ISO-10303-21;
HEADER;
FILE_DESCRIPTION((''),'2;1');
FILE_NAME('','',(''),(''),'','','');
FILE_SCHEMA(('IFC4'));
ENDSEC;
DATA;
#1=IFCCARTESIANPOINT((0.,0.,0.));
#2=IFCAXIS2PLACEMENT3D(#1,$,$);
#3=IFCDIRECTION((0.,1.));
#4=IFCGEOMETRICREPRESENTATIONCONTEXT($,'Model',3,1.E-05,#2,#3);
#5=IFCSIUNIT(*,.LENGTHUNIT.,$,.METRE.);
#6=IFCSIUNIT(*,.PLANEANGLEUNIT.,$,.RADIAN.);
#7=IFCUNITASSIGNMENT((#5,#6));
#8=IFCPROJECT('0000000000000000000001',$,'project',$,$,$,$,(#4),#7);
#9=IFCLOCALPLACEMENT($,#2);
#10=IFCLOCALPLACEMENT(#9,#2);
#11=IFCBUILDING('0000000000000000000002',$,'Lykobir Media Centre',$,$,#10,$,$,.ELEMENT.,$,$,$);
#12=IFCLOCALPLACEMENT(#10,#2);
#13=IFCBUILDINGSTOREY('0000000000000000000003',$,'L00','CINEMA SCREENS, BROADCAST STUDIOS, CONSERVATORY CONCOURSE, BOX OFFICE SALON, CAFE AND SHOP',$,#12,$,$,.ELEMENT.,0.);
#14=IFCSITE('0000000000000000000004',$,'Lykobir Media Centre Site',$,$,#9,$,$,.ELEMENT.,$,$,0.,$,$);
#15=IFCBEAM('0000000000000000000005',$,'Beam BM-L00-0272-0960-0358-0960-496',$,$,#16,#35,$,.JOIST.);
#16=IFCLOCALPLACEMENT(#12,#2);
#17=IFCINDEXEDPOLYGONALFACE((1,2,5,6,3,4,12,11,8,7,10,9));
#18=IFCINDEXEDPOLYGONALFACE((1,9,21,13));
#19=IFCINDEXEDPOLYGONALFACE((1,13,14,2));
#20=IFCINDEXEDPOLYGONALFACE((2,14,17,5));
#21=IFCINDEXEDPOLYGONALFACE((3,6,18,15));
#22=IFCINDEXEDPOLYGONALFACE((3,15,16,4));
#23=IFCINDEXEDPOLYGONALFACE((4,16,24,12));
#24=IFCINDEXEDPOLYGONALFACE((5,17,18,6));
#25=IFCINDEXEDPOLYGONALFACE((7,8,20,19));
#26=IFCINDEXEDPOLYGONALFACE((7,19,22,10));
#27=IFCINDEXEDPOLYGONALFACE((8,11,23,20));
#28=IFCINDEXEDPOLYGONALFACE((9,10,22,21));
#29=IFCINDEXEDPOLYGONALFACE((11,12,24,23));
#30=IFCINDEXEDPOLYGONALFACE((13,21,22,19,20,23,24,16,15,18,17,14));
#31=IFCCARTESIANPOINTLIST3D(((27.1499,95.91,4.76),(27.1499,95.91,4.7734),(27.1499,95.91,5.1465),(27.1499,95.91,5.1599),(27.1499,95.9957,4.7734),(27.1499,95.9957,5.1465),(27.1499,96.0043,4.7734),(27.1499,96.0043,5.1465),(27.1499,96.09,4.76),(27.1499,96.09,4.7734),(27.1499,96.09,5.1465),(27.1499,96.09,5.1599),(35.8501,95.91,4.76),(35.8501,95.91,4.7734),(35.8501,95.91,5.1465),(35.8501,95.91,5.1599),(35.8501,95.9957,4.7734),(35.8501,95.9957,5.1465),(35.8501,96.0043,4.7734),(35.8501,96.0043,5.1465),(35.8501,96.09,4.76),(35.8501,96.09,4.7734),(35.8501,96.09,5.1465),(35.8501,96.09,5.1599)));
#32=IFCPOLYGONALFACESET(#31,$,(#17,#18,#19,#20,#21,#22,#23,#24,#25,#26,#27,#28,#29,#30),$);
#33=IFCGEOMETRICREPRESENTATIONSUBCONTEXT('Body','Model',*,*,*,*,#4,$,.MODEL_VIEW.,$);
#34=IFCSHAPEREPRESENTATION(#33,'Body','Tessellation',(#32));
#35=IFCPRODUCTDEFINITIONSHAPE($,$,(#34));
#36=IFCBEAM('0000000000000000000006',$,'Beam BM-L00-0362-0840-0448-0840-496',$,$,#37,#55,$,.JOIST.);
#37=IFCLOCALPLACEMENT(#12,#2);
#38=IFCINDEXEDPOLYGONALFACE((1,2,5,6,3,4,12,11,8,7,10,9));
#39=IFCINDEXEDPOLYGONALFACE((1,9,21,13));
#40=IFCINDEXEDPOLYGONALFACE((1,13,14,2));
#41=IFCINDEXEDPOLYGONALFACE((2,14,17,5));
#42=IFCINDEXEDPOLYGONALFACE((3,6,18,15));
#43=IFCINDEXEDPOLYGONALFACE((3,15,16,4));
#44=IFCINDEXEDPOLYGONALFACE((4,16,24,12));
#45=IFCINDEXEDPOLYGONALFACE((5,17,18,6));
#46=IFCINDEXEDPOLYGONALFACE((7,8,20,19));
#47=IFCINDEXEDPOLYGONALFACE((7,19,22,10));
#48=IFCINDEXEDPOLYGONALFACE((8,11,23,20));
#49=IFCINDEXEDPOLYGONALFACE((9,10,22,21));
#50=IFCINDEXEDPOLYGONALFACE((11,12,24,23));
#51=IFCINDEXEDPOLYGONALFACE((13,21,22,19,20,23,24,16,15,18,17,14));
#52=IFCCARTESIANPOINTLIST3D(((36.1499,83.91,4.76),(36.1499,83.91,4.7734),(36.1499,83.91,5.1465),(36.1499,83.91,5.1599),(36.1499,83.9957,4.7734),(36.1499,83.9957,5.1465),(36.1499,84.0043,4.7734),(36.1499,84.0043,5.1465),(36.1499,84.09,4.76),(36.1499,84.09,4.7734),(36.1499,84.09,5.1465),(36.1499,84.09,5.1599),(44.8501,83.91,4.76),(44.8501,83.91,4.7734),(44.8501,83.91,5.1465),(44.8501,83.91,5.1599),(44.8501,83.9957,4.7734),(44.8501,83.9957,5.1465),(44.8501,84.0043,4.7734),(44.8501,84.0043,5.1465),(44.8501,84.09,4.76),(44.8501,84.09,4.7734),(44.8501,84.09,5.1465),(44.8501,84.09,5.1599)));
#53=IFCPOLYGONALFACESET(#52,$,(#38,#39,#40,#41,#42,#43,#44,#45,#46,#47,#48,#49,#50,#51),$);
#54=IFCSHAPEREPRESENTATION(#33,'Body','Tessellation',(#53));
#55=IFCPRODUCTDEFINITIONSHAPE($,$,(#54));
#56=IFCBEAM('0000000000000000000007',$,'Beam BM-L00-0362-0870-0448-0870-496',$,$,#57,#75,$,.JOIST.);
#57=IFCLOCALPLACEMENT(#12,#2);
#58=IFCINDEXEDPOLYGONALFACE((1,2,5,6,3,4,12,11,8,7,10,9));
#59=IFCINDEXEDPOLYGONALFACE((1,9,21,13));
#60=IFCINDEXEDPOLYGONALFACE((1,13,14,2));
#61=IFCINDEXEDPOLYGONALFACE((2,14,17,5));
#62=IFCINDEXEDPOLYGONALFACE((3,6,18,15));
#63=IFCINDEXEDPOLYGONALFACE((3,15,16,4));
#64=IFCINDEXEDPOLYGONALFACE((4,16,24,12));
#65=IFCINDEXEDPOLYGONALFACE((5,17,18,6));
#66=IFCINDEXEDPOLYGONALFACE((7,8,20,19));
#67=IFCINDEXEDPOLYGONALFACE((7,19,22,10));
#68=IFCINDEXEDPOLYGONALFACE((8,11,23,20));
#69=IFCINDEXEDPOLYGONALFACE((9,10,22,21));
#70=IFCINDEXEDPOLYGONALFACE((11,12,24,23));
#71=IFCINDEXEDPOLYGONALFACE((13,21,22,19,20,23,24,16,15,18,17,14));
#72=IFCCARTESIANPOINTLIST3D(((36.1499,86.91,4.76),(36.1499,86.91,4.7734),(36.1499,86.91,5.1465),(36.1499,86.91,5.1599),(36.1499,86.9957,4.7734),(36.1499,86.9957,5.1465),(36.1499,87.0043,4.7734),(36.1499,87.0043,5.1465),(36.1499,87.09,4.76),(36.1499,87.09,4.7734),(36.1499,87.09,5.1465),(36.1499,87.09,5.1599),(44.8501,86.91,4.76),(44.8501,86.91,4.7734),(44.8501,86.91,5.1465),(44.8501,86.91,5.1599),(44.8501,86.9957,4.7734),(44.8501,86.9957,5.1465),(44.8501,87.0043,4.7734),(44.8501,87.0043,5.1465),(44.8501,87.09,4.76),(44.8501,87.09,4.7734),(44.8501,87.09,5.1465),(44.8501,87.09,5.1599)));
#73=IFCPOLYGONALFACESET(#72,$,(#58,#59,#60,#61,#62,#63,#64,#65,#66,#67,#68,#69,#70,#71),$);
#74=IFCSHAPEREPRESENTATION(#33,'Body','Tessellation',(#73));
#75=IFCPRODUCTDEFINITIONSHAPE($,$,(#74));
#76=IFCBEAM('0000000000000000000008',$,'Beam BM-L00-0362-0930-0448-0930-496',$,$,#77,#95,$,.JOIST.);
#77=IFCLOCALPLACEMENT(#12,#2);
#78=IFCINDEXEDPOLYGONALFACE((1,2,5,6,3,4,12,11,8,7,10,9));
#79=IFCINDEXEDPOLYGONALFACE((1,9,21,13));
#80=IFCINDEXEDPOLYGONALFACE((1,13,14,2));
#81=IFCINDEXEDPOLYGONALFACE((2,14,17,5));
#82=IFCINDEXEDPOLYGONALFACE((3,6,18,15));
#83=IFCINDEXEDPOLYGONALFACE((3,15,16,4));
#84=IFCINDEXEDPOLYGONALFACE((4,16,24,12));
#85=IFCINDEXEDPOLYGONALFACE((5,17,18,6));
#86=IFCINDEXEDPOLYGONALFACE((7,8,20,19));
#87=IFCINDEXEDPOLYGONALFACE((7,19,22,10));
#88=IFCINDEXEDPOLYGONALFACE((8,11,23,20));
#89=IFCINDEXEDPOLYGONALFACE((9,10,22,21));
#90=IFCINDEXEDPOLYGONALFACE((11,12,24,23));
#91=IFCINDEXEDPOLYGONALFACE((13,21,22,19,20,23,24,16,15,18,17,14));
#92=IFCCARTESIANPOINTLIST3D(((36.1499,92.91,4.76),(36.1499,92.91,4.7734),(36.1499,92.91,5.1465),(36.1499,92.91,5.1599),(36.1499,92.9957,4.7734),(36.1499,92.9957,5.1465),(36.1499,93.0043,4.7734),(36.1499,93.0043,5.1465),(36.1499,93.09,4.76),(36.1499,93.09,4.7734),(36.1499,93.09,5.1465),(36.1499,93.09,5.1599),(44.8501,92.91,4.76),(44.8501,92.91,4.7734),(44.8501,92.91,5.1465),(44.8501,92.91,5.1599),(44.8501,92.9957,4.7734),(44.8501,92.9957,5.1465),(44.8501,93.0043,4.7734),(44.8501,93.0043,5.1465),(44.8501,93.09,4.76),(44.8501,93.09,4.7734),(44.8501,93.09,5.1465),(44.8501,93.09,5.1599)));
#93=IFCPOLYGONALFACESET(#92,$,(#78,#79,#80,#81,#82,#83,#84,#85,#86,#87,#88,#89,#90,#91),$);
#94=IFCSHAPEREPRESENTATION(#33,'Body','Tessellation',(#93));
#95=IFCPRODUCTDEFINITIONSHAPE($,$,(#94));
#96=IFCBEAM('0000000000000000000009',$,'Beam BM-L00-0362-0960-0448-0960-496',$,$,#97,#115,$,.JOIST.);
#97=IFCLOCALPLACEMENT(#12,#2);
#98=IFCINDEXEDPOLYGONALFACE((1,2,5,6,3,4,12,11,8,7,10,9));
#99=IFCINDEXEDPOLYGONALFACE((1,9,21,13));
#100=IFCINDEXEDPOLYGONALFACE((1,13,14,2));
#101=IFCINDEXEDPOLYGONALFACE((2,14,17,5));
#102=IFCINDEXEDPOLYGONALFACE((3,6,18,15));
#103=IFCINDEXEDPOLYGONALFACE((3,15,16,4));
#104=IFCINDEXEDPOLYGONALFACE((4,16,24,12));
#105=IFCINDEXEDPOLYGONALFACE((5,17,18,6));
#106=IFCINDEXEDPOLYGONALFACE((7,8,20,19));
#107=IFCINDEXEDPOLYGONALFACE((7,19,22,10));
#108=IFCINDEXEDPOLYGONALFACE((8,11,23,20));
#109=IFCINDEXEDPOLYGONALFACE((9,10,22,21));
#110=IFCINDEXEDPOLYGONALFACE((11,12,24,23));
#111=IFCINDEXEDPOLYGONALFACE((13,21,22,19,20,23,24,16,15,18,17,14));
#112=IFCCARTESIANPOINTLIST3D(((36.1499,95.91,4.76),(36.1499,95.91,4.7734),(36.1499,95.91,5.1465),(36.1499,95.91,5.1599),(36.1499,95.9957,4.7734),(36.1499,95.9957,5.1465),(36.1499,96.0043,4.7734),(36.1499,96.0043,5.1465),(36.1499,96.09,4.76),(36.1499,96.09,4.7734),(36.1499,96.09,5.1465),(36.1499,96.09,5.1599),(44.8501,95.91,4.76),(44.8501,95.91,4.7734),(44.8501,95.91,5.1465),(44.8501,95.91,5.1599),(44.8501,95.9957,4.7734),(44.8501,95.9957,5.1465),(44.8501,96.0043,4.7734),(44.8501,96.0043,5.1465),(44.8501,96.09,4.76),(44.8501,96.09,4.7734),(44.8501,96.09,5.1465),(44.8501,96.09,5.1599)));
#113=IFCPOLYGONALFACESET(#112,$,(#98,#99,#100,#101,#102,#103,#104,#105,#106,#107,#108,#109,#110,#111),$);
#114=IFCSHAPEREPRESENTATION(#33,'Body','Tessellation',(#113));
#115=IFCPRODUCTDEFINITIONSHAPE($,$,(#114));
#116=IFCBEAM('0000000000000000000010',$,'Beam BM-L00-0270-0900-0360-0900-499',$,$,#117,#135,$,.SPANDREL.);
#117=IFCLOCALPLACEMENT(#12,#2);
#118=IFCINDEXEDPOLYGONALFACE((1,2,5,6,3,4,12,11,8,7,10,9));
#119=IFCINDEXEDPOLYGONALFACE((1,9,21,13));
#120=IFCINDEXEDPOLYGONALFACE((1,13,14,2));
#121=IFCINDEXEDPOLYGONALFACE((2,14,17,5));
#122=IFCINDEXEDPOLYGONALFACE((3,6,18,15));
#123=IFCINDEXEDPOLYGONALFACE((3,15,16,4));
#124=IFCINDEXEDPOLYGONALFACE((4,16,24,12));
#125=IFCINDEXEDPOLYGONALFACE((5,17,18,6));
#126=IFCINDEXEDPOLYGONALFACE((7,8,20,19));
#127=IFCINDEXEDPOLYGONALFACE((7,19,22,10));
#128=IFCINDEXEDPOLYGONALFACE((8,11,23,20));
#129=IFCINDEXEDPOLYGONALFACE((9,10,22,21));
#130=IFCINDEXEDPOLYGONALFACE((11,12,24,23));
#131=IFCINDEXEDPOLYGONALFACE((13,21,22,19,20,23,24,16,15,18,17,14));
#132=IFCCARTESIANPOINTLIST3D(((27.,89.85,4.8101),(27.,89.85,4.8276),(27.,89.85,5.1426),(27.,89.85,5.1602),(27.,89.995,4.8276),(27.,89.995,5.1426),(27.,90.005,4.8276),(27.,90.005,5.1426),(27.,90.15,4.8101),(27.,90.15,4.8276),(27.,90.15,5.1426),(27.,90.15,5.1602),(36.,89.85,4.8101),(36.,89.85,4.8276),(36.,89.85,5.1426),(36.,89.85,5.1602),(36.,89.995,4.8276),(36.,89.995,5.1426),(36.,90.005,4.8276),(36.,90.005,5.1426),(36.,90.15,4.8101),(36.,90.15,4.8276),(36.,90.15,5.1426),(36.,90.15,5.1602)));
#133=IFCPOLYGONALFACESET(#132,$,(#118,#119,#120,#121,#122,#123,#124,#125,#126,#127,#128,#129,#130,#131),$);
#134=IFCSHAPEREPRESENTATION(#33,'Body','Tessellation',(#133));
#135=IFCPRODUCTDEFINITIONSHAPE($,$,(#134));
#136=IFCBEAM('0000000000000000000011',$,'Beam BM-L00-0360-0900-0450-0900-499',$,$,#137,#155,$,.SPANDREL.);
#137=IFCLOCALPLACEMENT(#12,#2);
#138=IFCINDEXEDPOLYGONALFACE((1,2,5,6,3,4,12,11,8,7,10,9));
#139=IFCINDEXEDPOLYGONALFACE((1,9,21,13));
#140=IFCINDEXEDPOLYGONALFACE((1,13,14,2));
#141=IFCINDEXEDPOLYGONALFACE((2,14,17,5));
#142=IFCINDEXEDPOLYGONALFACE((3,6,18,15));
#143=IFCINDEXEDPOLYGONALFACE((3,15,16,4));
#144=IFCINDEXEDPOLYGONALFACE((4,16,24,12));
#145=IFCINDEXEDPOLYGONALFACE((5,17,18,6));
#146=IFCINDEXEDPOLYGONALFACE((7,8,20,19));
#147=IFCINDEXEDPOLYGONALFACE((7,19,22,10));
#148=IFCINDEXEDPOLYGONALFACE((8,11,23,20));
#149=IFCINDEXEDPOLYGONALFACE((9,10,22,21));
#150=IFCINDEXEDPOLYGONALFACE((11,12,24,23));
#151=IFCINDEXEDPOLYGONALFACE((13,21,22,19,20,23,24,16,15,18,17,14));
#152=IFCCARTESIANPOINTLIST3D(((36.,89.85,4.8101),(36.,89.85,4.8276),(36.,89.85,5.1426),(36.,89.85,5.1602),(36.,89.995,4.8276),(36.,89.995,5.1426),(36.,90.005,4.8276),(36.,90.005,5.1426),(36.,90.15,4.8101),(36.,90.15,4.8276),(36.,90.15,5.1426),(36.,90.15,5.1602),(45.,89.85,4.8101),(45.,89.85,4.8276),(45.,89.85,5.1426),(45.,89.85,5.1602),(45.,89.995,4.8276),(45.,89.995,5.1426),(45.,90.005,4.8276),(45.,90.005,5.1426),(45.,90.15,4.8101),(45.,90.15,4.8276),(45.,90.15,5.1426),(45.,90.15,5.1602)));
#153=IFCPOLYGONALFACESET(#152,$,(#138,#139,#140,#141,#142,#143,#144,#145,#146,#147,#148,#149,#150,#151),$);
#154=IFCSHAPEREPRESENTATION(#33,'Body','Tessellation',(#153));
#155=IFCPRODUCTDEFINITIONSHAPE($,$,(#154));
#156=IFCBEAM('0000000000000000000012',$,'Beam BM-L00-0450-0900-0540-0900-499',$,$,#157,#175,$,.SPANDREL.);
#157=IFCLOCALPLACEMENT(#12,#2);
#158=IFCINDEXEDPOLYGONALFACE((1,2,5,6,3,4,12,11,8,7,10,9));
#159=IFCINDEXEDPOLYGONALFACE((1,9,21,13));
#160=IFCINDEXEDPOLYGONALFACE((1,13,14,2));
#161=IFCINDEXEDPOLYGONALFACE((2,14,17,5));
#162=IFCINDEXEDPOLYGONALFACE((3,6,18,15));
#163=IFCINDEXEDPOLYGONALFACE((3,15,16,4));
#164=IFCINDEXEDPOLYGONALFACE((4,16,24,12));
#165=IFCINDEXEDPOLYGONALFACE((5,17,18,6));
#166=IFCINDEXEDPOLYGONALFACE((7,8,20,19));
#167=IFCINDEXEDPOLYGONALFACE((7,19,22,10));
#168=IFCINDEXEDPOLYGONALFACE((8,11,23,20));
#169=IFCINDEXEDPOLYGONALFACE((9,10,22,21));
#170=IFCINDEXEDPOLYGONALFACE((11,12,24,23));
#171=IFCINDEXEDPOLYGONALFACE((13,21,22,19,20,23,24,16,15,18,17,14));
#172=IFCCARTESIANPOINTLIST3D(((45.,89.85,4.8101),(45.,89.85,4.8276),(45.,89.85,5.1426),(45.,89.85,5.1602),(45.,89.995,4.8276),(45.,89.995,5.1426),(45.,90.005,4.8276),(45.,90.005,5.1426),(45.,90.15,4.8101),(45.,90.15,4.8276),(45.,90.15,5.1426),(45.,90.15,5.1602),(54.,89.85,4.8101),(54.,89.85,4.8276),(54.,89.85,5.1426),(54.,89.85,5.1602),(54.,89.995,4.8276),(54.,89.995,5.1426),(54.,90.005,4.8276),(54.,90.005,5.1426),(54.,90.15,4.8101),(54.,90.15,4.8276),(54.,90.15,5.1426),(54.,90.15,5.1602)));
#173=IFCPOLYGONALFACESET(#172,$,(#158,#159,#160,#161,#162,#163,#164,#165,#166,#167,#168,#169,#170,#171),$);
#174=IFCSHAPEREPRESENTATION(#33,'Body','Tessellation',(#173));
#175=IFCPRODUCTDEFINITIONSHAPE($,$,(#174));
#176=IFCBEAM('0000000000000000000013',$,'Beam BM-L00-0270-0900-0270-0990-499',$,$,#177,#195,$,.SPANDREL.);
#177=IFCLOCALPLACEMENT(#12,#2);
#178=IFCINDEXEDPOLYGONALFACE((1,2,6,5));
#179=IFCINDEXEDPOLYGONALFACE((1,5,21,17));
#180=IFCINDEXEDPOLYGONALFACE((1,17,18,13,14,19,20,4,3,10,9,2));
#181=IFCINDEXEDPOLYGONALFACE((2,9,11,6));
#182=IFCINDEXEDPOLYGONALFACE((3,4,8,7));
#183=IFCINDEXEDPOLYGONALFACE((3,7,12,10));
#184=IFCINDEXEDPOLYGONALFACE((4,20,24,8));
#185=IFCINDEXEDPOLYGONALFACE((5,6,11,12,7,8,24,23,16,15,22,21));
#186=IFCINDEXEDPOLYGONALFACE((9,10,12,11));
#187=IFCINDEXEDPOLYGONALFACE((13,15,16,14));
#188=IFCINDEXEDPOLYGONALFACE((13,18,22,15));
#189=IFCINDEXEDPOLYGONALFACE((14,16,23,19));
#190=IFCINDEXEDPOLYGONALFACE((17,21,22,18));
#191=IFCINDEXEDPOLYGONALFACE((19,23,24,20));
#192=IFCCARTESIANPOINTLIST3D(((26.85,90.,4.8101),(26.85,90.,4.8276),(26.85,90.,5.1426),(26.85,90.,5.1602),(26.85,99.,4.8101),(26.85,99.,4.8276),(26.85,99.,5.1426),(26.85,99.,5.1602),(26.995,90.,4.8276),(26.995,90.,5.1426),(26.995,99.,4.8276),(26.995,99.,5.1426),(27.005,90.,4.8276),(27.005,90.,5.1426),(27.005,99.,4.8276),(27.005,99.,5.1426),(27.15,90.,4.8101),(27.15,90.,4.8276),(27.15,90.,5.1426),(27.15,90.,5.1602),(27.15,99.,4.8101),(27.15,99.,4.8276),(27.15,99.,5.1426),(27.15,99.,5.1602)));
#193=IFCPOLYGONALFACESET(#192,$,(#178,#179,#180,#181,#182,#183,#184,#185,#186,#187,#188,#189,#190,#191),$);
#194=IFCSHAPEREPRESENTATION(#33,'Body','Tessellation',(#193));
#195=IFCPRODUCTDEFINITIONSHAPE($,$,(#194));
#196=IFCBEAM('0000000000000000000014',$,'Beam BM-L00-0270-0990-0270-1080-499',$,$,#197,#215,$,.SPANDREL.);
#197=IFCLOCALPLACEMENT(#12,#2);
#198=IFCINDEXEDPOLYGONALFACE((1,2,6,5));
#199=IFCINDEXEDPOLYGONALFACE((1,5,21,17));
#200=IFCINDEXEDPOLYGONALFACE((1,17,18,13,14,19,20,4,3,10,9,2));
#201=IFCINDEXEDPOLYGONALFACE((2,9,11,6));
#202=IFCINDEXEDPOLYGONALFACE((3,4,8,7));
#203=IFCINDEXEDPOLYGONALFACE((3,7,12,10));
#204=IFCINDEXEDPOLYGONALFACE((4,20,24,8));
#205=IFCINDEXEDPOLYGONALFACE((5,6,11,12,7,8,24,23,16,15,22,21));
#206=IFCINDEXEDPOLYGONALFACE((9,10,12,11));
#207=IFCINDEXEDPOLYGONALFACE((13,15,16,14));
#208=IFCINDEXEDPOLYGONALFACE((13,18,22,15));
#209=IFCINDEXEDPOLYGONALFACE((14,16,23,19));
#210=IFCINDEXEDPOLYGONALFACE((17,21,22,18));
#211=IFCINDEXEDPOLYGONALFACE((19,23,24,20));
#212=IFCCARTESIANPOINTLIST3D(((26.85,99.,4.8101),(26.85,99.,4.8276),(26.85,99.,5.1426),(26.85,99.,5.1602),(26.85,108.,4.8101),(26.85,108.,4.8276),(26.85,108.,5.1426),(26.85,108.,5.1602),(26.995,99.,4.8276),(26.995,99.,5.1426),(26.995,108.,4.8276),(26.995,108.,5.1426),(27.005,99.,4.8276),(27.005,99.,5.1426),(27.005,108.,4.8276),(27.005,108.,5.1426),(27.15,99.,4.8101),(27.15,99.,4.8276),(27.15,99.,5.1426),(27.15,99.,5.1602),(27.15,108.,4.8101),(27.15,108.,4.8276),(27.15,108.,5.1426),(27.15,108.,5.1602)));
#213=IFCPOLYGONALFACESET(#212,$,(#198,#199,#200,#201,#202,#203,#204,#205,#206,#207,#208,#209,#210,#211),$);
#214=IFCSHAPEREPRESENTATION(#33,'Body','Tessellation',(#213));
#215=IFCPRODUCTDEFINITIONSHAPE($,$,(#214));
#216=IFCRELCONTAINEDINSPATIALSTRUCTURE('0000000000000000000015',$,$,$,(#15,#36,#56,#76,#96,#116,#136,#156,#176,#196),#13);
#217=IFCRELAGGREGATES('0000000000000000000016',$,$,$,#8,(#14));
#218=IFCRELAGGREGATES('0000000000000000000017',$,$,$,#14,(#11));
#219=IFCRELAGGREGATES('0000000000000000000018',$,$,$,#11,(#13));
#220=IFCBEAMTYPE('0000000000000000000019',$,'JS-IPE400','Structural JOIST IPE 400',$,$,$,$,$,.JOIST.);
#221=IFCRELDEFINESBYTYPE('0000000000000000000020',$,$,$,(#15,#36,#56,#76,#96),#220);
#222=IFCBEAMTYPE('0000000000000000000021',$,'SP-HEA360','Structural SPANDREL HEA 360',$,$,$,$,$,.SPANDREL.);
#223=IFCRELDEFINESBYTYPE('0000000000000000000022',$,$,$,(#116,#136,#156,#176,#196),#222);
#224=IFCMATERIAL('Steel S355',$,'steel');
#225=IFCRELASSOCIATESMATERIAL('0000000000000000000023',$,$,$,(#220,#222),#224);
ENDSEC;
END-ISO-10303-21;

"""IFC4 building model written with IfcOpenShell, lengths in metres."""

from ifc_helpers import new_model, si_unit, direction, frame, origin, origin_2d, place, context, subcontext, project, spatial, i_section, extrude, material, material_profile, profile_set, type_object, element, save


model = new_model("IFC4")

# Units and contexts
model_context = context("Model", 3, precision=1e-05, world=origin(), true_north=direction((0.0, 1.0)))
body_context = subcontext(model_context, "Body", "Model", "MODEL_VIEW")
ifc_project = project(units=[si_unit("LENGTHUNIT", "METRE"), si_unit("PLANEANGLEUNIT", "RADIAN")], contexts=[model_context])

# Site, building, storey
site_placement = place(None, origin())
site = spatial("IfcSite", under=ifc_project, at=site_placement, Name="Lykobir Media Centre Site", CompositionType="ELEMENT", RefElevation=0.0)
building_placement = place(site_placement, origin())
building = spatial("IfcBuilding", under=site, at=building_placement, Name="Lykobir Media Centre", CompositionType="ELEMENT")
storey_placement = place(building_placement, origin())
storey = spatial("IfcBuildingStorey", under=building, at=storey_placement, Name="L00", Description="CINEMA SCREENS, BROADCAST STUDIOS, CONSERVATORY CONCOURSE, BOX OFFICE SALON, CAFE AND SHOP", CompositionType="ELEMENT", Elevation=0.0)

# Shared definitions
ifc_material_1 = material(Name="Steel S355", Category="steel")

# Beams
ifc_material_profile_1 = material_profile(ifc_material_1, i_section(OverallWidth=0.1799, OverallDepth=0.3999, WebThickness=0.0085, FlangeThickness=0.0134, at=origin_2d()), Name="IPE 400")
ifc_profile_set_1 = profile_set([ifc_material_profile_1], Name="Steel S355")
beam_type_1 = type_object("IfcBeamType", Name="JS-IPE400", Description="Structural JOIST IPE 400", PredefinedType="JOIST", material=ifc_profile_set_1)
for number, where, z_axis, x_axis, name in (
    (1, (27.1499, 96.0, 4.96), (1.0, 0.0, 0.0), (0.0, 1.0, 0.0), "Beam BM-L00-0272-0960-0358-0960-496"),
    (2, (36.1499, 84.0, 4.96), (1.0, 0.0, 0.0), (0.0, 1.0, 0.0), "Beam BM-L00-0362-0840-0448-0840-496"),
    (3, (36.1499, 87.0, 4.96), (1.0, 0.0, 0.0), (0.0, 1.0, 0.0), "Beam BM-L00-0362-0870-0448-0870-496"),
    (4, (36.1499, 93.0, 4.96), (1.0, 0.0, 0.0), (0.0, 1.0, 0.0), "Beam BM-L00-0362-0930-0448-0930-496"),
    (5, (36.1499, 96.0, 4.96), (1.0, 0.0, 0.0), (0.0, 1.0, 0.0), "Beam BM-L00-0362-0960-0448-0960-496"),
):
    element("IfcBeam", number, at=place(storey_placement, frame(where, z_axis=z_axis, x_axis=x_axis)), inside=storey, type_object=beam_type_1, Name=name, PredefinedType="JOIST", context=body_context, shape_type="SweptSolid", body=[
        extrude(i_section(OverallWidth=0.1799, OverallDepth=0.3999, WebThickness=0.0085, FlangeThickness=0.0134, at=origin_2d()), origin(), (0.0, 0.0, 1.0), 8.7002),
    ])
ifc_material_profile_2 = material_profile(ifc_material_1, i_section(OverallWidth=0.3, OverallDepth=0.3501, WebThickness=0.01, FlangeThickness=0.0176, at=origin_2d()), Name="HEA 360")
ifc_profile_set_2 = profile_set([ifc_material_profile_2], Name="Steel S355")
beam_type_2 = type_object("IfcBeamType", Name="SP-HEA360", Description="Structural SPANDREL HEA 360", PredefinedType="SPANDREL", material=ifc_profile_set_2)
for number, where, z_axis, x_axis, name in (
    (6, (27.0, 90.0, 4.9851), (1.0, 0.0, 0.0), (0.0, 1.0, 0.0), "Beam BM-L00-0270-0900-0360-0900-499"),
    (7, (36.0, 90.0, 4.9851), (1.0, 0.0, 0.0), (0.0, 1.0, 0.0), "Beam BM-L00-0360-0900-0450-0900-499"),
    (8, (45.0, 90.0, 4.9851), (1.0, 0.0, 0.0), (0.0, 1.0, 0.0), "Beam BM-L00-0450-0900-0540-0900-499"),
    (9, (27.0, 90.0, 4.9851), (0.0, 1.0, 0.0), (-1.0, 0.0, 0.0), "Beam BM-L00-0270-0900-0270-0990-499"),
    (10, (27.0, 99.0, 4.9851), (0.0, 1.0, 0.0), (-1.0, 0.0, 0.0), "Beam BM-L00-0270-0990-0270-1080-499"),
):
    element("IfcBeam", number, at=place(storey_placement, frame(where, z_axis=z_axis, x_axis=x_axis)), inside=storey, type_object=beam_type_2, Name=name, PredefinedType="SPANDREL", context=body_context, shape_type="SweptSolid", body=[
        extrude(i_section(OverallWidth=0.3, OverallDepth=0.3501, WebThickness=0.01, FlangeThickness=0.0176, at=origin_2d()), origin(), (0.0, 0.0, 1.0), 9.0),
    ])

save(model, "model.ifc")
